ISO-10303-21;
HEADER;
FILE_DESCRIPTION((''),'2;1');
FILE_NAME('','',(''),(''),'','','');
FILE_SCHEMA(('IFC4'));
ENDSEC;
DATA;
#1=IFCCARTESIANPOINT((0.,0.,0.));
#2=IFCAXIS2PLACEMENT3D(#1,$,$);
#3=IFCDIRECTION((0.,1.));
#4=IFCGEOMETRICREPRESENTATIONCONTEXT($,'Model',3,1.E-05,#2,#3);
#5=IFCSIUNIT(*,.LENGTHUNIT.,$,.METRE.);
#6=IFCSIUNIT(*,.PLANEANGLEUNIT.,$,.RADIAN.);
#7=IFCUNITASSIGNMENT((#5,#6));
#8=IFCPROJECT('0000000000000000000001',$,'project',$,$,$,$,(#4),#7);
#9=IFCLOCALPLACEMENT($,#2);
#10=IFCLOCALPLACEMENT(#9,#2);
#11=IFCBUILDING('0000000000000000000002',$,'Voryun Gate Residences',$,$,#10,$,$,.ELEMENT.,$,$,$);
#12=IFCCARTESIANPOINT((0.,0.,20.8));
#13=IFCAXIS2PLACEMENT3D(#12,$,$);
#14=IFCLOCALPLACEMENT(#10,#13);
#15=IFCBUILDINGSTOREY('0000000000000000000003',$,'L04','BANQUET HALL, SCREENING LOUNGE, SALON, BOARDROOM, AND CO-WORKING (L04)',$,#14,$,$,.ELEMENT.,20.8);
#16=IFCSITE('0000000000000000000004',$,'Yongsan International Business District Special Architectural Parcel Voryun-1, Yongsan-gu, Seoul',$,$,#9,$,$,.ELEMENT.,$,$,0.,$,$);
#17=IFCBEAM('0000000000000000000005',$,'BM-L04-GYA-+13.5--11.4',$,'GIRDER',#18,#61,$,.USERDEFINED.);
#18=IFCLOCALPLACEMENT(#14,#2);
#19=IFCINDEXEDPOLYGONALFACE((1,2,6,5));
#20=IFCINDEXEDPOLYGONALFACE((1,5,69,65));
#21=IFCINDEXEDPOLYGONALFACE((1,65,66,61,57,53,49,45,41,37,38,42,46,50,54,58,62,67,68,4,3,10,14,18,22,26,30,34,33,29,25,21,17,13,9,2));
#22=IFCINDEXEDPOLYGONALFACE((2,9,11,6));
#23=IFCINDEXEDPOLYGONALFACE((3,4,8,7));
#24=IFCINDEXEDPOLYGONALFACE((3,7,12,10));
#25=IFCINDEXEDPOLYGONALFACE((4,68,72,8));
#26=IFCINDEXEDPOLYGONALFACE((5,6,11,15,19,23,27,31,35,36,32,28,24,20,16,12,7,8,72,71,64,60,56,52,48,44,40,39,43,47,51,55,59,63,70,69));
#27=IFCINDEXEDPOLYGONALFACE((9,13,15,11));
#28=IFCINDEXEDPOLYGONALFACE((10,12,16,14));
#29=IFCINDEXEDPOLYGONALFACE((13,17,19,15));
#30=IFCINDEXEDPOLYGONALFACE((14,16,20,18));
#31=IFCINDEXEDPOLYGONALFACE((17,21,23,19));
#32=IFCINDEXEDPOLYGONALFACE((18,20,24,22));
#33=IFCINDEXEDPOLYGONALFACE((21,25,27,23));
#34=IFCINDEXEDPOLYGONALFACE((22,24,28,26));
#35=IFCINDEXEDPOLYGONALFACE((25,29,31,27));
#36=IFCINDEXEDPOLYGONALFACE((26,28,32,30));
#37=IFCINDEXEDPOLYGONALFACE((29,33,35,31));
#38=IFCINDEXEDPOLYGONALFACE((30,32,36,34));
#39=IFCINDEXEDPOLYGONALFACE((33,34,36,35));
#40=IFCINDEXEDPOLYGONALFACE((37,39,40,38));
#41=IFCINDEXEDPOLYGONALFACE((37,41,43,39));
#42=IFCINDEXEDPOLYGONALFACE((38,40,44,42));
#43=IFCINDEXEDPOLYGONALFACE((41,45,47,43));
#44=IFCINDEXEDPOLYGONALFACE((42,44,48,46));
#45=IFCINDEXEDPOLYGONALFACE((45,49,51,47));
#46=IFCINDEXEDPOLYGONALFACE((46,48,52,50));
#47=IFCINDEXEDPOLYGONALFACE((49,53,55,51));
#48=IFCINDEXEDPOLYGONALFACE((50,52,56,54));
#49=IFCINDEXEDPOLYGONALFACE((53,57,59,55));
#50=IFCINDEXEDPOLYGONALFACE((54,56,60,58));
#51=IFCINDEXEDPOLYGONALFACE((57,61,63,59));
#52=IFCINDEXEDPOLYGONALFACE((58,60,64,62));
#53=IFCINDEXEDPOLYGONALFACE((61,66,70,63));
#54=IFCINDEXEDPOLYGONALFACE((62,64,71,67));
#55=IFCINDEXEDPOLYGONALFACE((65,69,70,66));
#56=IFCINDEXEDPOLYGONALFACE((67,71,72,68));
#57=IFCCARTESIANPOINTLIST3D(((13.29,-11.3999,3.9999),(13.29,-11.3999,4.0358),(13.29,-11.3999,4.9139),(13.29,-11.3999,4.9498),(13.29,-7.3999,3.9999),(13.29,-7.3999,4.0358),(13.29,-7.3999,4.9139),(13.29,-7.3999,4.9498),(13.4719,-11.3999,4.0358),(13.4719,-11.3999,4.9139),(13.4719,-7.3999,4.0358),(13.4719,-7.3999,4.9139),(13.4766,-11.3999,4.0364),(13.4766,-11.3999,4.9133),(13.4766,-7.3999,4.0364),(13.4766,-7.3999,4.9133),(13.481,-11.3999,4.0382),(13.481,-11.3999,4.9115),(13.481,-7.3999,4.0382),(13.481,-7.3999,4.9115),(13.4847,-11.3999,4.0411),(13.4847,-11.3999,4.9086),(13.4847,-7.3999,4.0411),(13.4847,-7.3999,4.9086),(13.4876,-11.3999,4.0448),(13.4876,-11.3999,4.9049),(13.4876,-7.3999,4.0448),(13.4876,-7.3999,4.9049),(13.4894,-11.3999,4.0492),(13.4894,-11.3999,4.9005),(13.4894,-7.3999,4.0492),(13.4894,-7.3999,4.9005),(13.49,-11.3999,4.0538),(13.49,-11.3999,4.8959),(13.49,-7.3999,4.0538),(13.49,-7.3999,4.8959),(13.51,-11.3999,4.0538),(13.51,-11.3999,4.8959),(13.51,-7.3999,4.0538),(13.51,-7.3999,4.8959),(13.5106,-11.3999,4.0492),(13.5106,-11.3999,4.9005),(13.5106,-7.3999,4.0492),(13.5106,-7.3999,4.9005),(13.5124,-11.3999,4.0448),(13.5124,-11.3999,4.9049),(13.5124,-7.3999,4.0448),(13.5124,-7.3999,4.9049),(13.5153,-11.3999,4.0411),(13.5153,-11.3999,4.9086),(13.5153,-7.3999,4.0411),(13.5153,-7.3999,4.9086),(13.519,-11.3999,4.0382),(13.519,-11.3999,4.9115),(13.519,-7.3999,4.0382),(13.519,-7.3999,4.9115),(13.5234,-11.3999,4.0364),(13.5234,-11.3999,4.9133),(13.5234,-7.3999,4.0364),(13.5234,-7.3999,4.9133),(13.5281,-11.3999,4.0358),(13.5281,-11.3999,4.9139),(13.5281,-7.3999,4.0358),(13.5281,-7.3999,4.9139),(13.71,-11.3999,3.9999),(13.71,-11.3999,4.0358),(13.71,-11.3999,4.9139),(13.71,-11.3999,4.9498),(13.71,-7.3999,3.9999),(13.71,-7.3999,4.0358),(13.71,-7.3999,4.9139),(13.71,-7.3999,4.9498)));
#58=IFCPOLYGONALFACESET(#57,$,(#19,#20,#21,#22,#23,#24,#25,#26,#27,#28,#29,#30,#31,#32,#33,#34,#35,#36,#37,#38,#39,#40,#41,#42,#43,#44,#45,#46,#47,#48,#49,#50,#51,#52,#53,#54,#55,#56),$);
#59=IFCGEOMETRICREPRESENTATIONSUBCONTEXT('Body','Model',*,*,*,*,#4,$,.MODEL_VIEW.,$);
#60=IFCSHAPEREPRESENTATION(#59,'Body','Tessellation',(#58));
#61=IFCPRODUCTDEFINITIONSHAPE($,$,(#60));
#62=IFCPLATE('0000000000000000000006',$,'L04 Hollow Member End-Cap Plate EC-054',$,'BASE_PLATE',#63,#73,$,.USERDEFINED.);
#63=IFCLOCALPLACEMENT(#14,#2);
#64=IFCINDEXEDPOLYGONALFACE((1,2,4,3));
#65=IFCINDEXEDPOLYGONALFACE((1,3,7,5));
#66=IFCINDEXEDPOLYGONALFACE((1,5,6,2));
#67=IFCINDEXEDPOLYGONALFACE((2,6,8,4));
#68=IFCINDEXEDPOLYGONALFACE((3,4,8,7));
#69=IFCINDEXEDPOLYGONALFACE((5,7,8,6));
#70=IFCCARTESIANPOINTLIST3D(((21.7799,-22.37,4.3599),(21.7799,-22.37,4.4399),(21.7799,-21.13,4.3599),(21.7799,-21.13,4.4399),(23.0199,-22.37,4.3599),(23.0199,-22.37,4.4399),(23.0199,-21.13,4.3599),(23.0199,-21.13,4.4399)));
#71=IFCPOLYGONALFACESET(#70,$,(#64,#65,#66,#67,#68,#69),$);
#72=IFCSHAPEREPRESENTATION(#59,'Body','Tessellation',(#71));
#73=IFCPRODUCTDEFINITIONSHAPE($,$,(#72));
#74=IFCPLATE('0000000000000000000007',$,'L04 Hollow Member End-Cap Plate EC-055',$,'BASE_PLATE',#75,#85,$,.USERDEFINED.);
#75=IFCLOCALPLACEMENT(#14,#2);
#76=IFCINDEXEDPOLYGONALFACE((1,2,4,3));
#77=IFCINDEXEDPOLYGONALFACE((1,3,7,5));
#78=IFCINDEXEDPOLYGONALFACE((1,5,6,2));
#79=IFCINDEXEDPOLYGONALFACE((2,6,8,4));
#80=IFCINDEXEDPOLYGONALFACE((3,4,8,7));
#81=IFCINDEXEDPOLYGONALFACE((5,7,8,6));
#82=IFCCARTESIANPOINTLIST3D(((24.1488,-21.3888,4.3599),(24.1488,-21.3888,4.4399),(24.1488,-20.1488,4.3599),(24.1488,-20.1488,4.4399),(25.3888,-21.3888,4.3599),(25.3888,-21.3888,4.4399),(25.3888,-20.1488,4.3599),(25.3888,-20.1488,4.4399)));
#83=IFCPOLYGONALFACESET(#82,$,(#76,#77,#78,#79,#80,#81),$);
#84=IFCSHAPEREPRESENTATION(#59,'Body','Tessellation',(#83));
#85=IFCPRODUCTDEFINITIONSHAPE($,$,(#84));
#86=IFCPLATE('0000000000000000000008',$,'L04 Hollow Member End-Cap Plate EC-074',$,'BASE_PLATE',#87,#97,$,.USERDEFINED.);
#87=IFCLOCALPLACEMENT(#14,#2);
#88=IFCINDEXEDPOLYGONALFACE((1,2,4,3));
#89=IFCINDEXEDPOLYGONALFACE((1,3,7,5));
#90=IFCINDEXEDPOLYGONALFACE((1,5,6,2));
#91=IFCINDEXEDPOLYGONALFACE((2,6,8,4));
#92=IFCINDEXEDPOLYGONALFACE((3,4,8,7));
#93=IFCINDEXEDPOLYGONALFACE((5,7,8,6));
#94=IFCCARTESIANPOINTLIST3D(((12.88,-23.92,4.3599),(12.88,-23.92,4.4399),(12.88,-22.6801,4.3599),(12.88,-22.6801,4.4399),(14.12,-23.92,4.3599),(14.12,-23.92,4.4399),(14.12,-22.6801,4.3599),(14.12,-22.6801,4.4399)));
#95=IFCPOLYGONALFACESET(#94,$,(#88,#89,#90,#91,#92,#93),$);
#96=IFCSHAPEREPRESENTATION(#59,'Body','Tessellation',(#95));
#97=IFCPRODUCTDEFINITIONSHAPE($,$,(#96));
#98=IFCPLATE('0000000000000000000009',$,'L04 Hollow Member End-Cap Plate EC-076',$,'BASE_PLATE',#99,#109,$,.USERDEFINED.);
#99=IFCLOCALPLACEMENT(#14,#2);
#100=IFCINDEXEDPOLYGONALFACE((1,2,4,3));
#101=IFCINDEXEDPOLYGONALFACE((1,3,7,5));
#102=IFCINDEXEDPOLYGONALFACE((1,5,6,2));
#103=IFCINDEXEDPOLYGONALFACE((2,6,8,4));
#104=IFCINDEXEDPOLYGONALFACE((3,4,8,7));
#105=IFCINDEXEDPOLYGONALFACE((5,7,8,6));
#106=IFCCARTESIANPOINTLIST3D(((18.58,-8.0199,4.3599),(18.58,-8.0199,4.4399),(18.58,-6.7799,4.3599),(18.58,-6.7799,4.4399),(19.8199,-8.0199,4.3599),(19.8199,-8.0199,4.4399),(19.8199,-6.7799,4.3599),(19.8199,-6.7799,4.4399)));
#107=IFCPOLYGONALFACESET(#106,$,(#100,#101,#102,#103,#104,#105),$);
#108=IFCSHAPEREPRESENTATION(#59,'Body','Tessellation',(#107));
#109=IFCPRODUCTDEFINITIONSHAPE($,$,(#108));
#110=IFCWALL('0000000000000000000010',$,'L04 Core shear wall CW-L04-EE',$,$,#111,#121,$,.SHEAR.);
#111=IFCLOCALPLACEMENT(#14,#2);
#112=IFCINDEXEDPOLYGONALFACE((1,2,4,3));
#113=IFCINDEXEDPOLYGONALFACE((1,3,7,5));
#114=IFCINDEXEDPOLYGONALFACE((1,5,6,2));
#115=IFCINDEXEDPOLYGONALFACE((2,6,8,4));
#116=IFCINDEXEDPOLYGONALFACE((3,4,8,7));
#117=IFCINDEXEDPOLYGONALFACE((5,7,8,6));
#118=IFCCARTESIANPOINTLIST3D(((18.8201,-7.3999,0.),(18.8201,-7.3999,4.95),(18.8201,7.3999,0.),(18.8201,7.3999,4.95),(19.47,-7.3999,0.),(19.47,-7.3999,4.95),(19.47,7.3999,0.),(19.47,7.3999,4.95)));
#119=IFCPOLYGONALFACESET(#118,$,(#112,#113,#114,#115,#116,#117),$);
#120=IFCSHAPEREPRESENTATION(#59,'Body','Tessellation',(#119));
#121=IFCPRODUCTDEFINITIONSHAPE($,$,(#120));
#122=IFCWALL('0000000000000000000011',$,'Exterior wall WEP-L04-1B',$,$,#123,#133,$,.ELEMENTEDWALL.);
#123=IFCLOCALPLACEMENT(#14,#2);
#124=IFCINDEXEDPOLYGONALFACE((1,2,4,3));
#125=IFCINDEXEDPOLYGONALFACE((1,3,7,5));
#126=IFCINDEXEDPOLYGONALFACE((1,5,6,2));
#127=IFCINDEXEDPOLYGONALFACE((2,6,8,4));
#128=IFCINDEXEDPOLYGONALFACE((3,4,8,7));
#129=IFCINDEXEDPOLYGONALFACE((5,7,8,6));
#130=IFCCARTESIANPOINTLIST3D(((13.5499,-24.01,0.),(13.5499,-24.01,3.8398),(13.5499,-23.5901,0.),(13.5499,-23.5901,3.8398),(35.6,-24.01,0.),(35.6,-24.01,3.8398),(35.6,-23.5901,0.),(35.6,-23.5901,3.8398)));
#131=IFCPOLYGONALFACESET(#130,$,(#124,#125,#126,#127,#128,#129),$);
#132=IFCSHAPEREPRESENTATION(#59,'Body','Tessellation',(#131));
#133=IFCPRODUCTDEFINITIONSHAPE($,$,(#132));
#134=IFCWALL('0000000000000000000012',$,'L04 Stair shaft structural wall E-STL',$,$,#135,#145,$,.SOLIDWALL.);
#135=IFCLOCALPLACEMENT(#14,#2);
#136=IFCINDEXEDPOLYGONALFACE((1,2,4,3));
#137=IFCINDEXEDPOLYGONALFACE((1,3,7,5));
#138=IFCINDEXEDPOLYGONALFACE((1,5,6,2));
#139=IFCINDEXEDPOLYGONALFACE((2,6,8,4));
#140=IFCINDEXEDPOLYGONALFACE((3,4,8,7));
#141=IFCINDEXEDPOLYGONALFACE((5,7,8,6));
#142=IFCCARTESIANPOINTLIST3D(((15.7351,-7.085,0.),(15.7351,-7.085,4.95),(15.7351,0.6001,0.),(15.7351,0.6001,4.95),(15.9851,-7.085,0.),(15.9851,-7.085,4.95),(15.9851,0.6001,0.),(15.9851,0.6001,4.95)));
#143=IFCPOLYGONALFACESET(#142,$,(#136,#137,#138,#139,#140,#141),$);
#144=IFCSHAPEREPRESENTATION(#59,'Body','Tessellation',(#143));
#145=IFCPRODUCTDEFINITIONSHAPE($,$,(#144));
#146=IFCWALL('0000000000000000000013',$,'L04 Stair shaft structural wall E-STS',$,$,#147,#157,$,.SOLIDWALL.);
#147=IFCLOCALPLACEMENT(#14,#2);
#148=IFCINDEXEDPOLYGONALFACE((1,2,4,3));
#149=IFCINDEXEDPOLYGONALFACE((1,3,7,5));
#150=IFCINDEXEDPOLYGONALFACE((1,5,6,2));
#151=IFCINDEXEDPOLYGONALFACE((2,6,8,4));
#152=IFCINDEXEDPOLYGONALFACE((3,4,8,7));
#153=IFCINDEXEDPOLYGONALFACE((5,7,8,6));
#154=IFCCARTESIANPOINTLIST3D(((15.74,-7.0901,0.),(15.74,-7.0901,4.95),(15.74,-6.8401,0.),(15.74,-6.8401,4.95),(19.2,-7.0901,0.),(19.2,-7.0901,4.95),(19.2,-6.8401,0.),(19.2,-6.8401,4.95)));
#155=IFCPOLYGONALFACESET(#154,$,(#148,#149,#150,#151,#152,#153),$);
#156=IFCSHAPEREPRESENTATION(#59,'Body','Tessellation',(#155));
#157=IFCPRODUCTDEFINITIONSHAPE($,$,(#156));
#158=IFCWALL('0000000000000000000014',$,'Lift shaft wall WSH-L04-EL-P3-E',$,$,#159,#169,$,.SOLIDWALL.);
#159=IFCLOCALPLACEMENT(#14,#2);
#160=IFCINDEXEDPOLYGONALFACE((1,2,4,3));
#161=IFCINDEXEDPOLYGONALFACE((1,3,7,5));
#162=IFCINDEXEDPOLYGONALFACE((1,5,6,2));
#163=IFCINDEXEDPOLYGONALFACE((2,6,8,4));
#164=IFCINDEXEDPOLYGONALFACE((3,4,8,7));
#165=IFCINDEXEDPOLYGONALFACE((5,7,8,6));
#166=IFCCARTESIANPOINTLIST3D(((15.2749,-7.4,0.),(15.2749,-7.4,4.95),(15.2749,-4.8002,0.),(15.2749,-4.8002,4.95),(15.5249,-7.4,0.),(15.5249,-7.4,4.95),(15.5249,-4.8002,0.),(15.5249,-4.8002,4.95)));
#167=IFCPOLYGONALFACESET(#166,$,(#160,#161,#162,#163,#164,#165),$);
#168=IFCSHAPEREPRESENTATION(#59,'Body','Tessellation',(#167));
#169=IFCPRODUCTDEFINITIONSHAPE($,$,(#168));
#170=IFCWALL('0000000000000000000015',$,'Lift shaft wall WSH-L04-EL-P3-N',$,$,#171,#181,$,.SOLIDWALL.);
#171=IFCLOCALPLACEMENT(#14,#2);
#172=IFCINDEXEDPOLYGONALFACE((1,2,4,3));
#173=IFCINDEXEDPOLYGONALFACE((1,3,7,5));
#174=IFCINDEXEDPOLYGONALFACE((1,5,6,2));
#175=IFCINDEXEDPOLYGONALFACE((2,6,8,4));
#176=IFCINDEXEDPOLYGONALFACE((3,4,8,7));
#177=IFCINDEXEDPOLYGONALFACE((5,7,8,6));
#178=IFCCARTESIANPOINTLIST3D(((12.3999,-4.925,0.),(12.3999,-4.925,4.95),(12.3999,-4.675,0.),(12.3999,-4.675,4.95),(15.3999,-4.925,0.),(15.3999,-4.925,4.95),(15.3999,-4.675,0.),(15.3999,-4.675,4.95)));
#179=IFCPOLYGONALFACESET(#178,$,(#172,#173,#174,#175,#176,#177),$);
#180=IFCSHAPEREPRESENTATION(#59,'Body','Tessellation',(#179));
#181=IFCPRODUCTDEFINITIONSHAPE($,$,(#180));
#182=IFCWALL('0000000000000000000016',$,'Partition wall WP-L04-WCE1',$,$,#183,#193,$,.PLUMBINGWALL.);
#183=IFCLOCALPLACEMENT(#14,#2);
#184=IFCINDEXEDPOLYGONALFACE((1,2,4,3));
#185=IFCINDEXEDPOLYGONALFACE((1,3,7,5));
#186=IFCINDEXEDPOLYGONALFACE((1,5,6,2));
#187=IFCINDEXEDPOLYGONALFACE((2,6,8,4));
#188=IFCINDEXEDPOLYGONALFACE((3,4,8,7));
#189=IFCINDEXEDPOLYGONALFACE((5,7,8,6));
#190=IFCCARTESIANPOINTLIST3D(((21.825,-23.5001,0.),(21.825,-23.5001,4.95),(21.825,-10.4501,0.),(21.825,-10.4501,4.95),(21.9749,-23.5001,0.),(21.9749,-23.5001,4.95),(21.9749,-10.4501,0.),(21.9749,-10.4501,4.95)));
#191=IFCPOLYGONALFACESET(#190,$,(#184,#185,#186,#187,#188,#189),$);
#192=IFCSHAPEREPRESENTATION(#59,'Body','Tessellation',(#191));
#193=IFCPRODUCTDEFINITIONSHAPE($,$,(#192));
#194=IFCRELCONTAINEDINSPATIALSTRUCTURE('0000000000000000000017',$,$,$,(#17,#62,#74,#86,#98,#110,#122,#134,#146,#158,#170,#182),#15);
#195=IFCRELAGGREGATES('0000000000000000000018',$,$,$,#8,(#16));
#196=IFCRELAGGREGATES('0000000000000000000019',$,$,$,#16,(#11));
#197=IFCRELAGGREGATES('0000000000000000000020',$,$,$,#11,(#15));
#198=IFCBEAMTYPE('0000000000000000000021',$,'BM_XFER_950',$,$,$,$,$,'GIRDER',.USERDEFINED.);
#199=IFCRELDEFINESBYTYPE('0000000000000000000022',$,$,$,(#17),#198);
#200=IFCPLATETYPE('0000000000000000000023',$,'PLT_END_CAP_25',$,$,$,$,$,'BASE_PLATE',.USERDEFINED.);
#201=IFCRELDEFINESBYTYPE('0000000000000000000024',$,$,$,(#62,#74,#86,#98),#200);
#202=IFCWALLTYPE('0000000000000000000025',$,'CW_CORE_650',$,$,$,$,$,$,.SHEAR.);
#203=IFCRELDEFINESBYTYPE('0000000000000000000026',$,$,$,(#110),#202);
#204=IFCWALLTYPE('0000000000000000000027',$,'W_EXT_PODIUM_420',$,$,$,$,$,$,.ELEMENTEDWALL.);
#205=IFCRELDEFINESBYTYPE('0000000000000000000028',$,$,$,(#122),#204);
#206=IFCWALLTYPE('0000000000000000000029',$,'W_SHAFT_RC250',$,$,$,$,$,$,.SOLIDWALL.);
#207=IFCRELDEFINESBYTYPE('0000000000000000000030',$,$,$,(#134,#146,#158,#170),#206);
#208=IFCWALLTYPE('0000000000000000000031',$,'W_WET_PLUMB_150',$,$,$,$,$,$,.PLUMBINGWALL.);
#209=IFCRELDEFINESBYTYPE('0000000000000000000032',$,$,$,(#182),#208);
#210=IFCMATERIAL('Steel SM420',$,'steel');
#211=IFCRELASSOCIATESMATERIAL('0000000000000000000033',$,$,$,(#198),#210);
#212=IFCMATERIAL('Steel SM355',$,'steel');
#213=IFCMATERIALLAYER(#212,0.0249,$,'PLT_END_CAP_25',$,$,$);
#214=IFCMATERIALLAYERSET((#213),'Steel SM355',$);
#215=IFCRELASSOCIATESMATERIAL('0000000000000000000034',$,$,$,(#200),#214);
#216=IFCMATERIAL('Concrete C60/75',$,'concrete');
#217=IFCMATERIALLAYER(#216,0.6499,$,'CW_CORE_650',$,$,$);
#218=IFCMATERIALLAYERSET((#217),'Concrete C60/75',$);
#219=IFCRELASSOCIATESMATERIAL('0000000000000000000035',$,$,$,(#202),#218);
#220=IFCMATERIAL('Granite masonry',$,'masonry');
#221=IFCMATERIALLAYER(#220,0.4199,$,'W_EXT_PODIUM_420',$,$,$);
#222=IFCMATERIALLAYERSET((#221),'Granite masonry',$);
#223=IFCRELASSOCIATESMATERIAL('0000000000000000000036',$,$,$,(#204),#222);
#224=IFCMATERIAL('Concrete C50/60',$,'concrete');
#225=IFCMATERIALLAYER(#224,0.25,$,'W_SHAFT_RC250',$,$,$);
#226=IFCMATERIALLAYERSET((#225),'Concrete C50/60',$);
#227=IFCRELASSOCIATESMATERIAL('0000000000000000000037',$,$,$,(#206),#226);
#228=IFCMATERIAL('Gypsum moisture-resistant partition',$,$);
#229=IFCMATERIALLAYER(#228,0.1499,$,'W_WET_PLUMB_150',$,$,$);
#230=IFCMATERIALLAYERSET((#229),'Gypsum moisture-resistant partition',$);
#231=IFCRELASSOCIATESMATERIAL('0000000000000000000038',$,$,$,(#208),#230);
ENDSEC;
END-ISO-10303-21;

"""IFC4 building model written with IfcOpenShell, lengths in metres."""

from ifc_helpers import new_model, si_unit, direction, frame, frame_2d, origin, origin_2d, place, context, subcontext, project, spatial, rectangle, i_section, extrude, material, layer, layer_set, material_profile, profile_set, type_object, element, save


model = new_model("IFC4")

# Units and contexts
model_context = context("Model", 3, precision=1e-05, world=origin(), true_north=direction((0.0, 1.0)))
body_context = subcontext(model_context, "Body", "Model", "MODEL_VIEW")
ifc_project = project(units=[si_unit("LENGTHUNIT", "METRE"), si_unit("PLANEANGLEUNIT", "RADIAN")], contexts=[model_context])

# Site, building, storey
site_placement = place(None, origin())
site = spatial("IfcSite", under=ifc_project, at=site_placement, Name="Yongsan International Business District Special Architectural Parcel Voryun-1, Yongsan-gu, Seoul", CompositionType="ELEMENT", RefElevation=0.0)
building_placement = place(site_placement, origin())
building = spatial("IfcBuilding", under=site, at=building_placement, Name="Voryun Gate Residences", CompositionType="ELEMENT")
storey_placement = place(building_placement, frame((0.0, 0.0, 20.8)))
storey = spatial("IfcBuildingStorey", under=building, at=storey_placement, Name="L04", Description="BANQUET HALL, SCREENING LOUNGE, SALON, BOARDROOM, AND CO-WORKING (L04)", CompositionType="ELEMENT", Elevation=20.8)

# Beam
ifc_material_1 = material(Name="Steel SM420", Category="steel")
ifc_material_profile_1 = material_profile(ifc_material_1, i_section(OverallWidth=0.4199, OverallDepth=0.95, WebThickness=0.02, FlangeThickness=0.0359, FilletRadius=0.0181, at=origin_2d()), Name="H-950x420x20x36")
ifc_profile_set_1 = profile_set([ifc_material_profile_1], Name="Steel SM420")
beam_type_1 = type_object("IfcBeamType", Name="BM_XFER_950", ElementType="GIRDER", PredefinedType="USERDEFINED", material=ifc_profile_set_1)
beam_1_placement = place(storey_placement, frame((13.5, -11.3999, 4.4749), z_axis=(0.0, 1.0, 0.0), x_axis=(-1.0, 0.0, 0.0)))
element("IfcBeam", 1, at=beam_1_placement, inside=storey, type_object=beam_type_1, Name="BM-L04-GYA-+13.5--11.4", ObjectType="GIRDER", PredefinedType="USERDEFINED", context=body_context, shape_type="SweptSolid", body=[
    extrude(i_section(OverallWidth=0.4199, OverallDepth=0.95, WebThickness=0.02, FlangeThickness=0.0359, FilletRadius=0.0181, at=origin_2d()), origin(), (0.0, 0.0, 1.0), 4.0),
])

# Plates
ifc_material_2 = material(Name="Steel SM355", Category="steel")
ifc_layer_1 = layer(ifc_material_2, 0.0249, Name="PLT_END_CAP_25")
ifc_layer_set_1 = layer_set([ifc_layer_1], Name="Steel SM355")
plate_type = type_object("IfcPlateType", Name="PLT_END_CAP_25", ElementType="BASE_PLATE", PredefinedType="USERDEFINED", material=ifc_layer_set_1)
for number, where, z_axis, x_axis, name in (
    (2, (22.3999, -21.75, 4.3599), (0.0, 0.0, 1.0), (1.0, 0.0, 0.0), "L04 Hollow Member End-Cap Plate EC-054"),
    (3, (24.7688, -20.7688, 4.3599), (0.0, 0.0, 1.0), (1.0, 0.0, 0.0), "L04 Hollow Member End-Cap Plate EC-055"),
    (4, (13.5, -23.3, 4.3599), (0.0, 0.0, 1.0), (1.0, 0.0, 0.0), "L04 Hollow Member End-Cap Plate EC-074"),
    (5, (19.2, -7.3999, 4.3599), (0.0, 0.0, 1.0), (1.0, 0.0, 0.0), "L04 Hollow Member End-Cap Plate EC-076"),
):
    element("IfcPlate", number, at=place(storey_placement, frame(where, z_axis=z_axis, x_axis=x_axis)), inside=storey, type_object=plate_type, Name=name, ObjectType="BASE_PLATE", PredefinedType="USERDEFINED", context=body_context, shape_type="SweptSolid", body=[
        extrude(rectangle(XDim=1.24, YDim=1.24, at=origin_2d()), origin(), (0.0, 0.0, 1.0), 0.0801),
    ])

# Walls
ifc_material_3 = material(Name="Concrete C60/75", Category="concrete")
ifc_layer_2 = layer(ifc_material_3, 0.6499, Name="CW_CORE_650")
ifc_layer_set_2 = layer_set([ifc_layer_2], Name="Concrete C60/75")
wall_type_1 = type_object("IfcWallType", Name="CW_CORE_650", PredefinedType="SHEAR", material=ifc_layer_set_2)
wall_1_placement = place(storey_placement, frame((19.145, -7.3999, 0.0), z_axis=(0.0, 0.0, 1.0), x_axis=(0.0, 1.0, 0.0)))
element("IfcWall", 6, at=wall_1_placement, inside=storey, type_object=wall_type_1, Name="L04 Core shear wall CW-L04-EE", PredefinedType="SHEAR", context=body_context, shape_type="SweptSolid", body=[
    extrude(rectangle(XDim=14.7998, YDim=0.6499, at=frame_2d((7.3999, 0.0))), origin(), (0.0, 0.0, 1.0), 4.95),
])
ifc_material_4 = material(Name="Granite masonry", Category="masonry")
ifc_layer_3 = layer(ifc_material_4, 0.4199, Name="W_EXT_PODIUM_420")
ifc_layer_set_3 = layer_set([ifc_layer_3], Name="Granite masonry")
wall_type_2 = type_object("IfcWallType", Name="W_EXT_PODIUM_420", PredefinedType="ELEMENTEDWALL", material=ifc_layer_set_3)
wall_2_placement = place(storey_placement, frame((13.55, -23.8, 0.0), z_axis=(0.0, 0.0, 1.0), x_axis=(1.0, 0.0, 0.0)))
element("IfcWall", 7, at=wall_2_placement, inside=storey, type_object=wall_type_2, Name="Exterior wall WEP-L04-1B", PredefinedType="ELEMENTEDWALL", context=body_context, shape_type="SweptSolid", body=[
    extrude(rectangle(XDim=22.05, YDim=0.4199, at=frame_2d((11.0249, 0.0))), origin(), (0.0, 0.0, 1.0), 3.8398),
])
ifc_material_5 = material(Name="Concrete C50/60", Category="concrete")
ifc_layer_4 = layer(ifc_material_5, 0.25, Name="W_SHAFT_RC250")
ifc_layer_set_4 = layer_set([ifc_layer_4], Name="Concrete C50/60")
wall_type_3 = type_object("IfcWallType", Name="W_SHAFT_RC250", PredefinedType="SOLIDWALL", material=ifc_layer_set_4)
wall_3_placement = place(storey_placement, frame((15.8601, -7.085, 0.0), z_axis=(0.0, 0.0, 1.0), x_axis=(0.0, 1.0, 0.0)))
element("IfcWall", 8, at=wall_3_placement, inside=storey, type_object=wall_type_3, Name="L04 Stair shaft structural wall E-STL", PredefinedType="SOLIDWALL", context=body_context, shape_type="SweptSolid", body=[
    extrude(rectangle(XDim=7.6851, YDim=0.25, at=frame_2d((3.8425, 0.0))), origin(), (0.0, 0.0, 1.0), 4.95),
])
wall_4_placement = place(storey_placement, frame((15.74, -6.9651, 0.0), z_axis=(0.0, 0.0, 1.0), x_axis=(1.0, 0.0, 0.0)))
element("IfcWall", 9, at=wall_4_placement, inside=storey, type_object=wall_type_3, Name="L04 Stair shaft structural wall E-STS", PredefinedType="SOLIDWALL", context=body_context, shape_type="SweptSolid", body=[
    extrude(rectangle(XDim=3.46, YDim=0.25, at=frame_2d((1.73, 0.0))), origin(), (0.0, 0.0, 1.0), 4.95),
])
wall_5_placement = place(storey_placement, frame((15.3999, -7.3999, 0.0), z_axis=(0.0, 0.0, 1.0), x_axis=(0.0, 1.0, 0.0)))
element("IfcWall", 10, at=wall_5_placement, inside=storey, type_object=wall_type_3, Name="Lift shaft wall WSH-L04-EL-P3-E", PredefinedType="SOLIDWALL", context=body_context, shape_type="SweptSolid", body=[
    extrude(rectangle(XDim=2.5999, YDim=0.25, at=frame_2d((1.2998, 0.0))), origin(), (0.0, 0.0, 1.0), 4.95),
])
wall_6_placement = place(storey_placement, frame((15.3999, -4.8, 0.0), z_axis=(0.0, 0.0, 1.0), x_axis=(-1.0, 0.0, 0.0)))
element("IfcWall", 11, at=wall_6_placement, inside=storey, type_object=wall_type_3, Name="Lift shaft wall WSH-L04-EL-P3-N", PredefinedType="SOLIDWALL", context=body_context, shape_type="SweptSolid", body=[
    extrude(rectangle(XDim=3.0, YDim=0.25, at=frame_2d((1.5, 0.0))), origin(), (0.0, 0.0, 1.0), 4.95),
])
ifc_material_6 = material(Name="Gypsum moisture-resistant partition")
ifc_layer_5 = layer(ifc_material_6, 0.1499, Name="W_WET_PLUMB_150")
ifc_layer_set_5 = layer_set([ifc_layer_5], Name="Gypsum moisture-resistant partition")
wall_type_4 = type_object("IfcWallType", Name="W_WET_PLUMB_150", PredefinedType="PLUMBINGWALL", material=ifc_layer_set_5)
wall_7_placement = place(storey_placement, frame((21.8999, -23.5, 0.0), z_axis=(0.0, 0.0, 1.0), x_axis=(0.0, 1.0, 0.0)))
element("IfcWall", 12, at=wall_7_placement, inside=storey, type_object=wall_type_4, Name="Partition wall WP-L04-WCE1", PredefinedType="PLUMBINGWALL", context=body_context, shape_type="SweptSolid", body=[
    extrude(rectangle(XDim=13.05, YDim=0.1499, at=frame_2d((6.5249, 0.0))), origin(), (0.0, 0.0, 1.0), 4.95),
])

save(model, "model.ifc")
